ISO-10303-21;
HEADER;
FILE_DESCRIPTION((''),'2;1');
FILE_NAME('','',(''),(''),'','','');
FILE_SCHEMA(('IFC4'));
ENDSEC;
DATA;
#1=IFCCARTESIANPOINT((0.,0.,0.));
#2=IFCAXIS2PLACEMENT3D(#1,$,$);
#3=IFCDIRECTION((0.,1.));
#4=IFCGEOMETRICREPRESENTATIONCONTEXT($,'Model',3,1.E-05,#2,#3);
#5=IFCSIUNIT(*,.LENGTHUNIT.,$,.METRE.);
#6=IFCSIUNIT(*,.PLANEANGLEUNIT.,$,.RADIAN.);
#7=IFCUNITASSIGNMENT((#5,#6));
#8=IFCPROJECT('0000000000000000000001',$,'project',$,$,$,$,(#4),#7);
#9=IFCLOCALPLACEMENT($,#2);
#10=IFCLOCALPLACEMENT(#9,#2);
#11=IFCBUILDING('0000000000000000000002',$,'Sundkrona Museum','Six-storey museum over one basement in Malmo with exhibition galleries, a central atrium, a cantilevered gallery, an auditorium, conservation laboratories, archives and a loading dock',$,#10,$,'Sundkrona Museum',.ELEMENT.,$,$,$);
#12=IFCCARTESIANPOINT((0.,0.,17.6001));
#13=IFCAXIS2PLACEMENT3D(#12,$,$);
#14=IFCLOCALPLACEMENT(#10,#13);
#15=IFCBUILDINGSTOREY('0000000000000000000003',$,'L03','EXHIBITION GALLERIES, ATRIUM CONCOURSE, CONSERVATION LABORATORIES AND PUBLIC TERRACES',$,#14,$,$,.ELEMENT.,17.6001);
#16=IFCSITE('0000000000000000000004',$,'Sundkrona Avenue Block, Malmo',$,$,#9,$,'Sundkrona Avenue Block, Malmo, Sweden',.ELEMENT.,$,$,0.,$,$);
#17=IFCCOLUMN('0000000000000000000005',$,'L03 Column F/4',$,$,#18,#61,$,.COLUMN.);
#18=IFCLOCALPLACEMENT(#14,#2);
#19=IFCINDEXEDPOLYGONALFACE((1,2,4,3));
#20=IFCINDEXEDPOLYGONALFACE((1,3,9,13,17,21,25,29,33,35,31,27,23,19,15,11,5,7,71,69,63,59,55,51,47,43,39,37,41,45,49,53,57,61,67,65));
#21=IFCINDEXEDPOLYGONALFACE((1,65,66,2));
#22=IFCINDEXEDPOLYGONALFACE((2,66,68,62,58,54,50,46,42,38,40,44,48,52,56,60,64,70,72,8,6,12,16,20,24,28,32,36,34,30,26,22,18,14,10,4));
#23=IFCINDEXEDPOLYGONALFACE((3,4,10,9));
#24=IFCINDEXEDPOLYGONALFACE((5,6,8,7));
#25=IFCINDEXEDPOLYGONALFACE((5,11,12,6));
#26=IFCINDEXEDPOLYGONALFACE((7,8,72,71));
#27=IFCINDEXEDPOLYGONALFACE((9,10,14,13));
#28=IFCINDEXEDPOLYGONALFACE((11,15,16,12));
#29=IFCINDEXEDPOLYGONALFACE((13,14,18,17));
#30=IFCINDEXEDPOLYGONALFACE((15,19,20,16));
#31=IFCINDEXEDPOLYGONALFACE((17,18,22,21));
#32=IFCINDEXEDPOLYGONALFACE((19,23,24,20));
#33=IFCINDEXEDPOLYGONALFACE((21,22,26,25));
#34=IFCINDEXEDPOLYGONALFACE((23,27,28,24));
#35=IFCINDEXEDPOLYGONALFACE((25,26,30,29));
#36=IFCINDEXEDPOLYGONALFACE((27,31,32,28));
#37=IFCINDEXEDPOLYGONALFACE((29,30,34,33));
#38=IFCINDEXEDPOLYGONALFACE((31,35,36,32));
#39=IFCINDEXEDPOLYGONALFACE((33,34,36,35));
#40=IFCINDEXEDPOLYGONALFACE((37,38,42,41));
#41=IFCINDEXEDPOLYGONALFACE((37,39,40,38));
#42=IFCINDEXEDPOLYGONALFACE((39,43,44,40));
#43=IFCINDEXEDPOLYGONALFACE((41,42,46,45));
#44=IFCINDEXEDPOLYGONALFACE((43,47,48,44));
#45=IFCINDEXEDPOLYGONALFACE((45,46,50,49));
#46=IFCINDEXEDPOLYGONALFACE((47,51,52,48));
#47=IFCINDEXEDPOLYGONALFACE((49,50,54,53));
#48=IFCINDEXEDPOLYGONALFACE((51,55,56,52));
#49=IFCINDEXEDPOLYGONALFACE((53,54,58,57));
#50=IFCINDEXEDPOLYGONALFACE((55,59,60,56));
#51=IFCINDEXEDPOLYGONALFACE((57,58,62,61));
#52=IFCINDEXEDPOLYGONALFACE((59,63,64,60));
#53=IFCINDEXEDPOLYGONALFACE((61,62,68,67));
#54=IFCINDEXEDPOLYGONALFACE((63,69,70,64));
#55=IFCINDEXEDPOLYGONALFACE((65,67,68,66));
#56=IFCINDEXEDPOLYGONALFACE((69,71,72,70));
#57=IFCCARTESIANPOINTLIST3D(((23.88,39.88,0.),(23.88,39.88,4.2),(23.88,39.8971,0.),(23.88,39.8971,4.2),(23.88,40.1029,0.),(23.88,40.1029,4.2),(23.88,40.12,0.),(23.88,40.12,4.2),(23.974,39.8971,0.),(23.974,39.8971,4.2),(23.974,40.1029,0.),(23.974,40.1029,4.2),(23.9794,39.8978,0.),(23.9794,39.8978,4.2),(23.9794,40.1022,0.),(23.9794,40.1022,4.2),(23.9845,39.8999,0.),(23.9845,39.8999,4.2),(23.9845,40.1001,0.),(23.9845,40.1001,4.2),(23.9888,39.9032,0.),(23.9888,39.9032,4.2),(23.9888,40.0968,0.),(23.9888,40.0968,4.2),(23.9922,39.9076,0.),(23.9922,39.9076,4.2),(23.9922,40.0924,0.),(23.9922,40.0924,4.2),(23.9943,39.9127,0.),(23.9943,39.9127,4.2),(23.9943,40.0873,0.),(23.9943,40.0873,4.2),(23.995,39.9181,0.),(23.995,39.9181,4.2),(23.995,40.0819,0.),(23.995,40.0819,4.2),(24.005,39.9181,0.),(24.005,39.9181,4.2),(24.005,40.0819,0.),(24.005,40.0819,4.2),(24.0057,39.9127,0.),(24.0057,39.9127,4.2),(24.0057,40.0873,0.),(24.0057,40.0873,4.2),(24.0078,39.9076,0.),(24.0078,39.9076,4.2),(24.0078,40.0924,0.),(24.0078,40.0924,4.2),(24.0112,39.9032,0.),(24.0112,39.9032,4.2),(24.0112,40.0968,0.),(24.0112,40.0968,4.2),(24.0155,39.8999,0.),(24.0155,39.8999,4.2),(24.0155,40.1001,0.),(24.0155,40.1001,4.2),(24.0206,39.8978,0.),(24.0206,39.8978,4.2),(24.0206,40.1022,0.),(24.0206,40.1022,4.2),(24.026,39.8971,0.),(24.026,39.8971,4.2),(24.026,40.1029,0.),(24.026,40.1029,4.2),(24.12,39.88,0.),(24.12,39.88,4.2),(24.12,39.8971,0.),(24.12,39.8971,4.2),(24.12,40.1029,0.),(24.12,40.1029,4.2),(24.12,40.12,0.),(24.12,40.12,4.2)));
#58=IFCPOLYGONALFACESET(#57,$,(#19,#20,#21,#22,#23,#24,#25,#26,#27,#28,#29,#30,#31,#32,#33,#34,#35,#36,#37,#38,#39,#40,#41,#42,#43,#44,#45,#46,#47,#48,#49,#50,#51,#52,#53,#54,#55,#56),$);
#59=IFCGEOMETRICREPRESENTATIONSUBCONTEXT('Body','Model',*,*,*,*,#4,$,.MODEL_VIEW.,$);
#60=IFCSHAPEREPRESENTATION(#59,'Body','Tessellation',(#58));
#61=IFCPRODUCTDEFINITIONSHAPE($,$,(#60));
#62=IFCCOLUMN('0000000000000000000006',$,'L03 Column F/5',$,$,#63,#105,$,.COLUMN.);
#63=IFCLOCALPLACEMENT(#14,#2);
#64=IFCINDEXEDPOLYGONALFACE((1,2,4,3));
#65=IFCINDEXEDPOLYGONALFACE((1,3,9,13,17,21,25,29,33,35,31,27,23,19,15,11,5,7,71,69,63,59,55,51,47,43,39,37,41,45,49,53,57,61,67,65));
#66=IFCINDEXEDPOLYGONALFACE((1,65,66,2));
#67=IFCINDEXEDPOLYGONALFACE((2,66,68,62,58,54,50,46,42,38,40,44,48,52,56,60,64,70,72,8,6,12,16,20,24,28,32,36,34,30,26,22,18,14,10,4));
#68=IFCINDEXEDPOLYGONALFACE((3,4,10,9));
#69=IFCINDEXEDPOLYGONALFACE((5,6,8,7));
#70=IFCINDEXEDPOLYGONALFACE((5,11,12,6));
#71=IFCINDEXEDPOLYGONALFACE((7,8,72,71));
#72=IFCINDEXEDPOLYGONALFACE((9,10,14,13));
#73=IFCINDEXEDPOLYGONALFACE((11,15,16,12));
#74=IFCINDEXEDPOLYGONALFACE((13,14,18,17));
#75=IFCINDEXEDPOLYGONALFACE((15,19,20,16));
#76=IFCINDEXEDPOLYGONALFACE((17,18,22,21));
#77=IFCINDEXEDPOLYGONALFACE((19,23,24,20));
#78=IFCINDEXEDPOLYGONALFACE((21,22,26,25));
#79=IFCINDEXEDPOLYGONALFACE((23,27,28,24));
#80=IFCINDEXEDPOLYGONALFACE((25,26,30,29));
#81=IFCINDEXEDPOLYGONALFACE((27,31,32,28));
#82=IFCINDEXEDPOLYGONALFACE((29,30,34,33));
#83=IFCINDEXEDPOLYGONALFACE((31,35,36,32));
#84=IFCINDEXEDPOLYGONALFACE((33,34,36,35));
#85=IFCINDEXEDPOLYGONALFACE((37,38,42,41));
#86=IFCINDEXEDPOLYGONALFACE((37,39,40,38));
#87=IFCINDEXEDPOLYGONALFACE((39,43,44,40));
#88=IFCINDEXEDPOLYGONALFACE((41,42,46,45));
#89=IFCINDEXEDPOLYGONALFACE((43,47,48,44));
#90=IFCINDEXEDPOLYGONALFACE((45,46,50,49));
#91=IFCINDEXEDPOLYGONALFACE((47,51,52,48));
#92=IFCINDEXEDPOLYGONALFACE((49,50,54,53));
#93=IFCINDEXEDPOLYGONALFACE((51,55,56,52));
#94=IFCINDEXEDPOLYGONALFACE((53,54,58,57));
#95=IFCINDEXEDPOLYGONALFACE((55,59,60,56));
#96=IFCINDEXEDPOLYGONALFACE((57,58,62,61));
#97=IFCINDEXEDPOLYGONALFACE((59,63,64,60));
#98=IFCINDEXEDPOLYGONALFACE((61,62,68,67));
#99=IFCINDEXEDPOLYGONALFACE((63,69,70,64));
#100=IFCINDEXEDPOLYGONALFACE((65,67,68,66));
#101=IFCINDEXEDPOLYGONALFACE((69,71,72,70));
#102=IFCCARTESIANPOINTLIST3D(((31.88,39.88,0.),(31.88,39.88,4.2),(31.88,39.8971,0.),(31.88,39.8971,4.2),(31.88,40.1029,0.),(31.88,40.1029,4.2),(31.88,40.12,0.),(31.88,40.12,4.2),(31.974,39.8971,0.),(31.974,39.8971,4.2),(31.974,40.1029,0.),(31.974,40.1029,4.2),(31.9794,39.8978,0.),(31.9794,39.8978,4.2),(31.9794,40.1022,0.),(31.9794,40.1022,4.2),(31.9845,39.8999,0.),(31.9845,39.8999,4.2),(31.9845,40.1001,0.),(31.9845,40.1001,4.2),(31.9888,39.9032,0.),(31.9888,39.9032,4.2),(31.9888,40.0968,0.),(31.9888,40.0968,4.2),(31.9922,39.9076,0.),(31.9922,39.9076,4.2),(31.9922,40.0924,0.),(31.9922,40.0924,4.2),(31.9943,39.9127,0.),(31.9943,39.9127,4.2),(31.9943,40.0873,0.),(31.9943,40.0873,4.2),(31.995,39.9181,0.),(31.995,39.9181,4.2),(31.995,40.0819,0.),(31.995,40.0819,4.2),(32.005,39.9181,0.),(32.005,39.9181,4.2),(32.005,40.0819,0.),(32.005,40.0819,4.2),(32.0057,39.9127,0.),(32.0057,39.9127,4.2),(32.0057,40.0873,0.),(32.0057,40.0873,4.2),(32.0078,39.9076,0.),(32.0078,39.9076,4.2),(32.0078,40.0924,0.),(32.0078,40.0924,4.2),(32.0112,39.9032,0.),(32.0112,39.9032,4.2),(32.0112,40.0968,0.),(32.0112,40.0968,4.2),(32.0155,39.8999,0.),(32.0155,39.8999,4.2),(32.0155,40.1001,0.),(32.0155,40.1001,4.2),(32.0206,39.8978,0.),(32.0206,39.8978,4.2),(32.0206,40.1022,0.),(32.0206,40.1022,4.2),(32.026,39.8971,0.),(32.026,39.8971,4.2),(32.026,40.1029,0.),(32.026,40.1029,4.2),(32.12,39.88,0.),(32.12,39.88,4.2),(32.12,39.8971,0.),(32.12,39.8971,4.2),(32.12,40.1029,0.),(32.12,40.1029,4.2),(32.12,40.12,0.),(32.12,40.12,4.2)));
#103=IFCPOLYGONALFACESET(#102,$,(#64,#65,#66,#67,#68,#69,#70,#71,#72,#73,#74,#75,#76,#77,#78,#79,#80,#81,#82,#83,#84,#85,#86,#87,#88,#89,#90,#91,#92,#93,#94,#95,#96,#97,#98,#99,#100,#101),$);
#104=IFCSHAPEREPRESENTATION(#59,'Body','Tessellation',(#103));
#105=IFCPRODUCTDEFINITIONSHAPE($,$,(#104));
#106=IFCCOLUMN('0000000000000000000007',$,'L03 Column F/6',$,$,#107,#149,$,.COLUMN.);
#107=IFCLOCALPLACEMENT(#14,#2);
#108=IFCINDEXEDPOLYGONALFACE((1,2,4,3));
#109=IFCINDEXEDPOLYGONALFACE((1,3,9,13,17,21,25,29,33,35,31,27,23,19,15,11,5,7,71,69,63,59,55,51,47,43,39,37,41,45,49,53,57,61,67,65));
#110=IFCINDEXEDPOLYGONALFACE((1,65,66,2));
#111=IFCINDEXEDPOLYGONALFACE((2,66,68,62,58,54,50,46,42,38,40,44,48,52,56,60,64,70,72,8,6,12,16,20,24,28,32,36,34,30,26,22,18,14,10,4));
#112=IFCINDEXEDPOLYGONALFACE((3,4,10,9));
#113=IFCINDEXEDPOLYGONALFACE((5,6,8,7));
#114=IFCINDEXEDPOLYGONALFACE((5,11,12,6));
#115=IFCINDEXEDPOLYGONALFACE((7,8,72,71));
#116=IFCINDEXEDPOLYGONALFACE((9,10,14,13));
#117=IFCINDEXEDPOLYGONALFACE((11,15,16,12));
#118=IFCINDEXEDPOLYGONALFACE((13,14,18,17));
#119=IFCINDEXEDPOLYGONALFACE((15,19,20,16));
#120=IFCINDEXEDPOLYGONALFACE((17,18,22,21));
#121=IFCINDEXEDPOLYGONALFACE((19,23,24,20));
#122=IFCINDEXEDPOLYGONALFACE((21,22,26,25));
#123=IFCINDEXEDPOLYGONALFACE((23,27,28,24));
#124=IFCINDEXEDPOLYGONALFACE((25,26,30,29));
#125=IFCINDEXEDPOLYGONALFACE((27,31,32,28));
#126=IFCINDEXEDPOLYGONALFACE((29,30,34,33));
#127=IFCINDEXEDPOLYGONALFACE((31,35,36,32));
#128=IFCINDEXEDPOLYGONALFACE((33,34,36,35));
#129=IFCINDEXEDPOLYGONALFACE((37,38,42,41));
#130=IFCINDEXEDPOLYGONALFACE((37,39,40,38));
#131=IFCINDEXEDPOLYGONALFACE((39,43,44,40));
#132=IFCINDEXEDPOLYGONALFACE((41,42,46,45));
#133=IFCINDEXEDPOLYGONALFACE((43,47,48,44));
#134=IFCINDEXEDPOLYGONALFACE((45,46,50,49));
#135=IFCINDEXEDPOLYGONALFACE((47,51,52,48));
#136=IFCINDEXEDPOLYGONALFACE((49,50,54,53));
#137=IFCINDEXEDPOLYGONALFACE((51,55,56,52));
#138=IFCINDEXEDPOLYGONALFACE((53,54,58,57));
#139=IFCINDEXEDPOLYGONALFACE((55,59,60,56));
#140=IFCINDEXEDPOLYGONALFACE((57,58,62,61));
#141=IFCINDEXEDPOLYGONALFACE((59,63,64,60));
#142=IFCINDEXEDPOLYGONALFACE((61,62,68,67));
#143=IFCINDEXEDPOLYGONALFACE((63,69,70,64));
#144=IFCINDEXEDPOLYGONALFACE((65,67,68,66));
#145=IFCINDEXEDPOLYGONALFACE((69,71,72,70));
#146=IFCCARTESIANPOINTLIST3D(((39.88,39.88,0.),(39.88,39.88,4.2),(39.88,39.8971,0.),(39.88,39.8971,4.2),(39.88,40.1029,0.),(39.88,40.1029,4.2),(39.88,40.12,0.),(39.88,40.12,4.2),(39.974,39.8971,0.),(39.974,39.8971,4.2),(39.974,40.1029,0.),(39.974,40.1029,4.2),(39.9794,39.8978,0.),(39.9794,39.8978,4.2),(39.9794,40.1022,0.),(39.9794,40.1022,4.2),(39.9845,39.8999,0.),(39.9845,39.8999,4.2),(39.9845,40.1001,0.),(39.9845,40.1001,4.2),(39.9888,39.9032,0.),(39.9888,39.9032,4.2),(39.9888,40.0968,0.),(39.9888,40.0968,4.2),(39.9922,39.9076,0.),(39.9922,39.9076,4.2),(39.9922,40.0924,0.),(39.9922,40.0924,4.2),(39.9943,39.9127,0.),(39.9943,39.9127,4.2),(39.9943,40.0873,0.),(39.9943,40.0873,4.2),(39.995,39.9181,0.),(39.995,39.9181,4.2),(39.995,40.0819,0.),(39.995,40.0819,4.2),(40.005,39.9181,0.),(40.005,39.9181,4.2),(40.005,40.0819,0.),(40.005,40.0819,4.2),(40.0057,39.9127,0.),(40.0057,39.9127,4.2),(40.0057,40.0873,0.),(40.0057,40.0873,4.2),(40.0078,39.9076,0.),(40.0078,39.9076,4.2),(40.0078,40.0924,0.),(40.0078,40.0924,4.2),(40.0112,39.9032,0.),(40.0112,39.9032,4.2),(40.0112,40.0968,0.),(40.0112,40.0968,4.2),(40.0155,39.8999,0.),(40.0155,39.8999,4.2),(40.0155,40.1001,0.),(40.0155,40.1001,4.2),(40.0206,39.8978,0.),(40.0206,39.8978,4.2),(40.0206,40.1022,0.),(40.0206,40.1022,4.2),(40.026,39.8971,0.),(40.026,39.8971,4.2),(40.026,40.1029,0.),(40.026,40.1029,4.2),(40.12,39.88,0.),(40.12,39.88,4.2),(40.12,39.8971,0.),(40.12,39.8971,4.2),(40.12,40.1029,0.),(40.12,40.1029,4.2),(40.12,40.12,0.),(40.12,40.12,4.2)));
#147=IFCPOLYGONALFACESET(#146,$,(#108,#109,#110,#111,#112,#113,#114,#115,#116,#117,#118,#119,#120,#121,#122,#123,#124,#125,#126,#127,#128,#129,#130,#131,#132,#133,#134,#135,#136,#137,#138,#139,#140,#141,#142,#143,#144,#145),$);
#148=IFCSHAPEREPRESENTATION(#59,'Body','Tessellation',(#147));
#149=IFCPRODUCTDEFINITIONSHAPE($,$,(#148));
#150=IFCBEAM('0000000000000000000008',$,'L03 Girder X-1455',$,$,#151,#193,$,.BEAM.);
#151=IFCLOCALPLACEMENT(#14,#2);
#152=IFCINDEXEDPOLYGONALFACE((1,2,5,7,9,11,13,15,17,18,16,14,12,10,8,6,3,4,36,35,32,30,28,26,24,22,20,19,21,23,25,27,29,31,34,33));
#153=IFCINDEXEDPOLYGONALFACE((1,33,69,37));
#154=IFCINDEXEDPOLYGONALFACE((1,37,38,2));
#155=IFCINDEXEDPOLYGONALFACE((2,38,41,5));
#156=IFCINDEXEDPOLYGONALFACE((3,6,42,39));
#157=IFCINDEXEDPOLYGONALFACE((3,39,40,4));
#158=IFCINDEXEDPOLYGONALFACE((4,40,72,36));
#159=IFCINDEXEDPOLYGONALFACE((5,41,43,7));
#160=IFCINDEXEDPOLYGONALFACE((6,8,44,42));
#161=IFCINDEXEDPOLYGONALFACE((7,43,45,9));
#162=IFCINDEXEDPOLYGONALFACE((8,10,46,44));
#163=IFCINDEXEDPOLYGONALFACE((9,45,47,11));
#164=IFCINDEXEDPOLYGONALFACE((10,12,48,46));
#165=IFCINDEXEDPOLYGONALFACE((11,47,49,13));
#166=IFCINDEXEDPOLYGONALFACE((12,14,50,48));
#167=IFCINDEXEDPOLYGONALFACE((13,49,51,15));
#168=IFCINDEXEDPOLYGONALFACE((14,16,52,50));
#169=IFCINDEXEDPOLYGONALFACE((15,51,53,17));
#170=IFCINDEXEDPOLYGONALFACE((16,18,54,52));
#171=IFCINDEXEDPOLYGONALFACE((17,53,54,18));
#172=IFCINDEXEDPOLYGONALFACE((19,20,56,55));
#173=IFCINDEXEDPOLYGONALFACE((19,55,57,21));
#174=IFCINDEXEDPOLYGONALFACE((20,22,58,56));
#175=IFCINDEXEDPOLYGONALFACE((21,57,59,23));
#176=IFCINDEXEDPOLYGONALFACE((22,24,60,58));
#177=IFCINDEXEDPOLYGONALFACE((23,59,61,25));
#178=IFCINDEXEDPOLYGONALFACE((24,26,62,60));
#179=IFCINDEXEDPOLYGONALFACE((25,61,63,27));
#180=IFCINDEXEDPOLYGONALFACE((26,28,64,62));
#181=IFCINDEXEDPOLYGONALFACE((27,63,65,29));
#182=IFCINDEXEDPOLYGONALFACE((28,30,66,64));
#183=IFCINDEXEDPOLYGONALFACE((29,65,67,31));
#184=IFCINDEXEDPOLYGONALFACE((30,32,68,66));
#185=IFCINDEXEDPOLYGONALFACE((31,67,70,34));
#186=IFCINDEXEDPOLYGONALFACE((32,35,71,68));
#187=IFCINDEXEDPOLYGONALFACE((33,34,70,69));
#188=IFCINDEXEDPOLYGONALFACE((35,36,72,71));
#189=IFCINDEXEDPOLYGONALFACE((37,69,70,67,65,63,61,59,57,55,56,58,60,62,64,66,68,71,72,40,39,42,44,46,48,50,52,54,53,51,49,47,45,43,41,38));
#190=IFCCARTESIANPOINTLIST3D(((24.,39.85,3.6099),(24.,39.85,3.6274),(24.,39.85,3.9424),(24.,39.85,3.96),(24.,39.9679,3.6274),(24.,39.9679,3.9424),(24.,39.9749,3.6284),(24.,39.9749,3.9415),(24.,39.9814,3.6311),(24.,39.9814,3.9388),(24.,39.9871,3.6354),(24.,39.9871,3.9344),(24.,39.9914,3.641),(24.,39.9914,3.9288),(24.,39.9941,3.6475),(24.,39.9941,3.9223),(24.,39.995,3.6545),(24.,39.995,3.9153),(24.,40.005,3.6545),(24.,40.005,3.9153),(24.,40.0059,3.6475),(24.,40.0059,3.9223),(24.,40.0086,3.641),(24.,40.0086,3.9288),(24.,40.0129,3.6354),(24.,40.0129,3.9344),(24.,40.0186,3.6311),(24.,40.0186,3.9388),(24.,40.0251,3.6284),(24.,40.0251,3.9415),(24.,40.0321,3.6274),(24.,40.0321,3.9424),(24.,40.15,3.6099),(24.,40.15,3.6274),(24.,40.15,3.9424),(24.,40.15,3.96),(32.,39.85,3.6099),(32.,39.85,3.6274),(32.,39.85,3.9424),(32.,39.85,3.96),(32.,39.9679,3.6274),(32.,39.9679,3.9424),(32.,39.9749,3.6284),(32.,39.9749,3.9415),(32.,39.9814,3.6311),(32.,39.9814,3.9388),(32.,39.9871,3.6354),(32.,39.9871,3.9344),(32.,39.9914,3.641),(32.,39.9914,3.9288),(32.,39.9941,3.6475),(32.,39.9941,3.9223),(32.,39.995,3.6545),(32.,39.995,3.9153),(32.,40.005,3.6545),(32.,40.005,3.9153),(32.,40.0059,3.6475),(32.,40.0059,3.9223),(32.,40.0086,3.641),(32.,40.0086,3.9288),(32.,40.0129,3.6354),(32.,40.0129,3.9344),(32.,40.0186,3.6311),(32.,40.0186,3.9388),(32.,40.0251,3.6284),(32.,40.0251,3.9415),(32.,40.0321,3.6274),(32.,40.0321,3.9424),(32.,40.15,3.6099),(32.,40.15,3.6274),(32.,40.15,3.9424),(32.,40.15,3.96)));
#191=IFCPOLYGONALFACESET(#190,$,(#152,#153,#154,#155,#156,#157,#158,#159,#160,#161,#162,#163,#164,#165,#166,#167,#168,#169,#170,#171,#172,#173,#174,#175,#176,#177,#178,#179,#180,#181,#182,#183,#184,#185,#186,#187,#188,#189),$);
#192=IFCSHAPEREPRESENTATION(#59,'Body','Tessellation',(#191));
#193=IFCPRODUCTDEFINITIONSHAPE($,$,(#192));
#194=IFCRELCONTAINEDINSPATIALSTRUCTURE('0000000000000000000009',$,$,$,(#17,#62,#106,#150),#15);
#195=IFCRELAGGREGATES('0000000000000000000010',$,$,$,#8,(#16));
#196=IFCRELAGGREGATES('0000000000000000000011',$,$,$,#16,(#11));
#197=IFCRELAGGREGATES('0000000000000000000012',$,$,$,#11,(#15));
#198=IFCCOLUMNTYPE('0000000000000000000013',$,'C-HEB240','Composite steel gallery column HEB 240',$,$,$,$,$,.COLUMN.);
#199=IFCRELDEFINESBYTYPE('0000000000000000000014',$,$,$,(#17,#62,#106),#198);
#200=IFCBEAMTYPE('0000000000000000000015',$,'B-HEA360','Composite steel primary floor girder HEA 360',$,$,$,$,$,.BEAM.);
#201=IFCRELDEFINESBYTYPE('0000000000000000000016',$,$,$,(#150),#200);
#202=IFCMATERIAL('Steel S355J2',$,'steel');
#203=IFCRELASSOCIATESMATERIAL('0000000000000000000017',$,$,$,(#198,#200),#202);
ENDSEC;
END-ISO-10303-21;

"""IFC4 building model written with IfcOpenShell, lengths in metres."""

from ifc_helpers import new_model, si_unit, direction, frame, origin, origin_2d, place, context, subcontext, project, spatial, i_section, extrude, material, material_profile, profile_set, type_object, element, save


model = new_model("IFC4")

# Units and contexts
model_context = context("Model", 3, precision=1e-05, world=origin(), true_north=direction((0.0, 1.0)))
body_context = subcontext(model_context, "Body", "Model", "MODEL_VIEW")
ifc_project = project(units=[si_unit("LENGTHUNIT", "METRE"), si_unit("PLANEANGLEUNIT", "RADIAN")], contexts=[model_context])

# Site, building, storey
site_placement = place(None, origin())
site = spatial("IfcSite", under=ifc_project, at=site_placement, Name="Sundkrona Avenue Block, Malmo", LongName="Sundkrona Avenue Block, Malmo, Sweden", CompositionType="ELEMENT", RefElevation=0.0)
building_placement = place(site_placement, origin())
building = spatial("IfcBuilding", under=site, at=building_placement, Name="Sundkrona Museum", Description="Six-storey museum over one basement in Malmo with exhibition galleries, a central atrium, a cantilevered gallery, an auditorium, conservation laboratories, archives and a loading dock", LongName="Sundkrona Museum", CompositionType="ELEMENT")
storey_placement = place(building_placement, frame((0.0, 0.0, 17.6001)))
storey = spatial("IfcBuildingStorey", under=building, at=storey_placement, Name="L03", Description="EXHIBITION GALLERIES, ATRIUM CONCOURSE, CONSERVATION LABORATORIES AND PUBLIC TERRACES", CompositionType="ELEMENT", Elevation=17.6001)

# Columns
ifc_material_1 = material(Name="Steel S355J2", Category="steel")
ifc_material_profile_1 = material_profile(ifc_material_1, i_section(OverallWidth=0.24, OverallDepth=0.24, WebThickness=0.01, FlangeThickness=0.0171, FilletRadius=0.021, at=origin_2d()), Name="HEB 240")
ifc_profile_set_1 = profile_set([ifc_material_profile_1], Name="Steel S355J2")
column_type = type_object("IfcColumnType", Name="C-HEB240", Description="Composite steel gallery column HEB 240", PredefinedType="COLUMN", material=ifc_profile_set_1)
for number, where, z_axis, x_axis, name in (
    (1, (24.0, 40.0, 0.0), (0.0, 0.0, 1.0), (1.0, 0.0, 0.0), "L03 Column F/4"),
    (2, (32.0, 40.0, 0.0), (0.0, 0.0, 1.0), (1.0, 0.0, 0.0), "L03 Column F/5"),
    (3, (40.0, 40.0, 0.0), (0.0, 0.0, 1.0), (1.0, 0.0, 0.0), "L03 Column F/6"),
):
    element("IfcColumn", number, at=place(storey_placement, frame(where, z_axis=z_axis, x_axis=x_axis)), inside=storey, type_object=column_type, Name=name, PredefinedType="COLUMN", context=body_context, shape_type="SweptSolid", body=[
        extrude(i_section(OverallWidth=0.24, OverallDepth=0.24, WebThickness=0.01, FlangeThickness=0.0171, FilletRadius=0.021, at=origin_2d()), origin(), (0.0, 0.0, 1.0), 4.2),
    ])

# Beam
ifc_material_profile_2 = material_profile(ifc_material_1, i_section(OverallWidth=0.3, OverallDepth=0.3501, WebThickness=0.01, FlangeThickness=0.0176, FilletRadius=0.0271, at=origin_2d()), Name="HEA 360")
ifc_profile_set_2 = profile_set([ifc_material_profile_2], Name="Steel S355J2")
beam_type_1 = type_object("IfcBeamType", Name="B-HEA360", Description="Composite steel primary floor girder HEA 360", PredefinedType="BEAM", material=ifc_profile_set_2)
for number, where, z_axis, x_axis, name in (
    (4, (24.0, 40.0, 3.7849), (1.0, 0.0, 0.0), (0.0, 1.0, 0.0), "L03 Girder X-1455"),
):
    element("IfcBeam", number, at=place(storey_placement, frame(where, z_axis=z_axis, x_axis=x_axis)), inside=storey, type_object=beam_type_1, Name=name, PredefinedType="BEAM", context=body_context, shape_type="SweptSolid", body=[
        extrude(i_section(OverallWidth=0.3, OverallDepth=0.3501, WebThickness=0.01, FlangeThickness=0.0176, FilletRadius=0.0271, at=origin_2d()), origin(), (0.0, 0.0, 1.0), 8.0),
    ])

save(model, "model.ifc")
